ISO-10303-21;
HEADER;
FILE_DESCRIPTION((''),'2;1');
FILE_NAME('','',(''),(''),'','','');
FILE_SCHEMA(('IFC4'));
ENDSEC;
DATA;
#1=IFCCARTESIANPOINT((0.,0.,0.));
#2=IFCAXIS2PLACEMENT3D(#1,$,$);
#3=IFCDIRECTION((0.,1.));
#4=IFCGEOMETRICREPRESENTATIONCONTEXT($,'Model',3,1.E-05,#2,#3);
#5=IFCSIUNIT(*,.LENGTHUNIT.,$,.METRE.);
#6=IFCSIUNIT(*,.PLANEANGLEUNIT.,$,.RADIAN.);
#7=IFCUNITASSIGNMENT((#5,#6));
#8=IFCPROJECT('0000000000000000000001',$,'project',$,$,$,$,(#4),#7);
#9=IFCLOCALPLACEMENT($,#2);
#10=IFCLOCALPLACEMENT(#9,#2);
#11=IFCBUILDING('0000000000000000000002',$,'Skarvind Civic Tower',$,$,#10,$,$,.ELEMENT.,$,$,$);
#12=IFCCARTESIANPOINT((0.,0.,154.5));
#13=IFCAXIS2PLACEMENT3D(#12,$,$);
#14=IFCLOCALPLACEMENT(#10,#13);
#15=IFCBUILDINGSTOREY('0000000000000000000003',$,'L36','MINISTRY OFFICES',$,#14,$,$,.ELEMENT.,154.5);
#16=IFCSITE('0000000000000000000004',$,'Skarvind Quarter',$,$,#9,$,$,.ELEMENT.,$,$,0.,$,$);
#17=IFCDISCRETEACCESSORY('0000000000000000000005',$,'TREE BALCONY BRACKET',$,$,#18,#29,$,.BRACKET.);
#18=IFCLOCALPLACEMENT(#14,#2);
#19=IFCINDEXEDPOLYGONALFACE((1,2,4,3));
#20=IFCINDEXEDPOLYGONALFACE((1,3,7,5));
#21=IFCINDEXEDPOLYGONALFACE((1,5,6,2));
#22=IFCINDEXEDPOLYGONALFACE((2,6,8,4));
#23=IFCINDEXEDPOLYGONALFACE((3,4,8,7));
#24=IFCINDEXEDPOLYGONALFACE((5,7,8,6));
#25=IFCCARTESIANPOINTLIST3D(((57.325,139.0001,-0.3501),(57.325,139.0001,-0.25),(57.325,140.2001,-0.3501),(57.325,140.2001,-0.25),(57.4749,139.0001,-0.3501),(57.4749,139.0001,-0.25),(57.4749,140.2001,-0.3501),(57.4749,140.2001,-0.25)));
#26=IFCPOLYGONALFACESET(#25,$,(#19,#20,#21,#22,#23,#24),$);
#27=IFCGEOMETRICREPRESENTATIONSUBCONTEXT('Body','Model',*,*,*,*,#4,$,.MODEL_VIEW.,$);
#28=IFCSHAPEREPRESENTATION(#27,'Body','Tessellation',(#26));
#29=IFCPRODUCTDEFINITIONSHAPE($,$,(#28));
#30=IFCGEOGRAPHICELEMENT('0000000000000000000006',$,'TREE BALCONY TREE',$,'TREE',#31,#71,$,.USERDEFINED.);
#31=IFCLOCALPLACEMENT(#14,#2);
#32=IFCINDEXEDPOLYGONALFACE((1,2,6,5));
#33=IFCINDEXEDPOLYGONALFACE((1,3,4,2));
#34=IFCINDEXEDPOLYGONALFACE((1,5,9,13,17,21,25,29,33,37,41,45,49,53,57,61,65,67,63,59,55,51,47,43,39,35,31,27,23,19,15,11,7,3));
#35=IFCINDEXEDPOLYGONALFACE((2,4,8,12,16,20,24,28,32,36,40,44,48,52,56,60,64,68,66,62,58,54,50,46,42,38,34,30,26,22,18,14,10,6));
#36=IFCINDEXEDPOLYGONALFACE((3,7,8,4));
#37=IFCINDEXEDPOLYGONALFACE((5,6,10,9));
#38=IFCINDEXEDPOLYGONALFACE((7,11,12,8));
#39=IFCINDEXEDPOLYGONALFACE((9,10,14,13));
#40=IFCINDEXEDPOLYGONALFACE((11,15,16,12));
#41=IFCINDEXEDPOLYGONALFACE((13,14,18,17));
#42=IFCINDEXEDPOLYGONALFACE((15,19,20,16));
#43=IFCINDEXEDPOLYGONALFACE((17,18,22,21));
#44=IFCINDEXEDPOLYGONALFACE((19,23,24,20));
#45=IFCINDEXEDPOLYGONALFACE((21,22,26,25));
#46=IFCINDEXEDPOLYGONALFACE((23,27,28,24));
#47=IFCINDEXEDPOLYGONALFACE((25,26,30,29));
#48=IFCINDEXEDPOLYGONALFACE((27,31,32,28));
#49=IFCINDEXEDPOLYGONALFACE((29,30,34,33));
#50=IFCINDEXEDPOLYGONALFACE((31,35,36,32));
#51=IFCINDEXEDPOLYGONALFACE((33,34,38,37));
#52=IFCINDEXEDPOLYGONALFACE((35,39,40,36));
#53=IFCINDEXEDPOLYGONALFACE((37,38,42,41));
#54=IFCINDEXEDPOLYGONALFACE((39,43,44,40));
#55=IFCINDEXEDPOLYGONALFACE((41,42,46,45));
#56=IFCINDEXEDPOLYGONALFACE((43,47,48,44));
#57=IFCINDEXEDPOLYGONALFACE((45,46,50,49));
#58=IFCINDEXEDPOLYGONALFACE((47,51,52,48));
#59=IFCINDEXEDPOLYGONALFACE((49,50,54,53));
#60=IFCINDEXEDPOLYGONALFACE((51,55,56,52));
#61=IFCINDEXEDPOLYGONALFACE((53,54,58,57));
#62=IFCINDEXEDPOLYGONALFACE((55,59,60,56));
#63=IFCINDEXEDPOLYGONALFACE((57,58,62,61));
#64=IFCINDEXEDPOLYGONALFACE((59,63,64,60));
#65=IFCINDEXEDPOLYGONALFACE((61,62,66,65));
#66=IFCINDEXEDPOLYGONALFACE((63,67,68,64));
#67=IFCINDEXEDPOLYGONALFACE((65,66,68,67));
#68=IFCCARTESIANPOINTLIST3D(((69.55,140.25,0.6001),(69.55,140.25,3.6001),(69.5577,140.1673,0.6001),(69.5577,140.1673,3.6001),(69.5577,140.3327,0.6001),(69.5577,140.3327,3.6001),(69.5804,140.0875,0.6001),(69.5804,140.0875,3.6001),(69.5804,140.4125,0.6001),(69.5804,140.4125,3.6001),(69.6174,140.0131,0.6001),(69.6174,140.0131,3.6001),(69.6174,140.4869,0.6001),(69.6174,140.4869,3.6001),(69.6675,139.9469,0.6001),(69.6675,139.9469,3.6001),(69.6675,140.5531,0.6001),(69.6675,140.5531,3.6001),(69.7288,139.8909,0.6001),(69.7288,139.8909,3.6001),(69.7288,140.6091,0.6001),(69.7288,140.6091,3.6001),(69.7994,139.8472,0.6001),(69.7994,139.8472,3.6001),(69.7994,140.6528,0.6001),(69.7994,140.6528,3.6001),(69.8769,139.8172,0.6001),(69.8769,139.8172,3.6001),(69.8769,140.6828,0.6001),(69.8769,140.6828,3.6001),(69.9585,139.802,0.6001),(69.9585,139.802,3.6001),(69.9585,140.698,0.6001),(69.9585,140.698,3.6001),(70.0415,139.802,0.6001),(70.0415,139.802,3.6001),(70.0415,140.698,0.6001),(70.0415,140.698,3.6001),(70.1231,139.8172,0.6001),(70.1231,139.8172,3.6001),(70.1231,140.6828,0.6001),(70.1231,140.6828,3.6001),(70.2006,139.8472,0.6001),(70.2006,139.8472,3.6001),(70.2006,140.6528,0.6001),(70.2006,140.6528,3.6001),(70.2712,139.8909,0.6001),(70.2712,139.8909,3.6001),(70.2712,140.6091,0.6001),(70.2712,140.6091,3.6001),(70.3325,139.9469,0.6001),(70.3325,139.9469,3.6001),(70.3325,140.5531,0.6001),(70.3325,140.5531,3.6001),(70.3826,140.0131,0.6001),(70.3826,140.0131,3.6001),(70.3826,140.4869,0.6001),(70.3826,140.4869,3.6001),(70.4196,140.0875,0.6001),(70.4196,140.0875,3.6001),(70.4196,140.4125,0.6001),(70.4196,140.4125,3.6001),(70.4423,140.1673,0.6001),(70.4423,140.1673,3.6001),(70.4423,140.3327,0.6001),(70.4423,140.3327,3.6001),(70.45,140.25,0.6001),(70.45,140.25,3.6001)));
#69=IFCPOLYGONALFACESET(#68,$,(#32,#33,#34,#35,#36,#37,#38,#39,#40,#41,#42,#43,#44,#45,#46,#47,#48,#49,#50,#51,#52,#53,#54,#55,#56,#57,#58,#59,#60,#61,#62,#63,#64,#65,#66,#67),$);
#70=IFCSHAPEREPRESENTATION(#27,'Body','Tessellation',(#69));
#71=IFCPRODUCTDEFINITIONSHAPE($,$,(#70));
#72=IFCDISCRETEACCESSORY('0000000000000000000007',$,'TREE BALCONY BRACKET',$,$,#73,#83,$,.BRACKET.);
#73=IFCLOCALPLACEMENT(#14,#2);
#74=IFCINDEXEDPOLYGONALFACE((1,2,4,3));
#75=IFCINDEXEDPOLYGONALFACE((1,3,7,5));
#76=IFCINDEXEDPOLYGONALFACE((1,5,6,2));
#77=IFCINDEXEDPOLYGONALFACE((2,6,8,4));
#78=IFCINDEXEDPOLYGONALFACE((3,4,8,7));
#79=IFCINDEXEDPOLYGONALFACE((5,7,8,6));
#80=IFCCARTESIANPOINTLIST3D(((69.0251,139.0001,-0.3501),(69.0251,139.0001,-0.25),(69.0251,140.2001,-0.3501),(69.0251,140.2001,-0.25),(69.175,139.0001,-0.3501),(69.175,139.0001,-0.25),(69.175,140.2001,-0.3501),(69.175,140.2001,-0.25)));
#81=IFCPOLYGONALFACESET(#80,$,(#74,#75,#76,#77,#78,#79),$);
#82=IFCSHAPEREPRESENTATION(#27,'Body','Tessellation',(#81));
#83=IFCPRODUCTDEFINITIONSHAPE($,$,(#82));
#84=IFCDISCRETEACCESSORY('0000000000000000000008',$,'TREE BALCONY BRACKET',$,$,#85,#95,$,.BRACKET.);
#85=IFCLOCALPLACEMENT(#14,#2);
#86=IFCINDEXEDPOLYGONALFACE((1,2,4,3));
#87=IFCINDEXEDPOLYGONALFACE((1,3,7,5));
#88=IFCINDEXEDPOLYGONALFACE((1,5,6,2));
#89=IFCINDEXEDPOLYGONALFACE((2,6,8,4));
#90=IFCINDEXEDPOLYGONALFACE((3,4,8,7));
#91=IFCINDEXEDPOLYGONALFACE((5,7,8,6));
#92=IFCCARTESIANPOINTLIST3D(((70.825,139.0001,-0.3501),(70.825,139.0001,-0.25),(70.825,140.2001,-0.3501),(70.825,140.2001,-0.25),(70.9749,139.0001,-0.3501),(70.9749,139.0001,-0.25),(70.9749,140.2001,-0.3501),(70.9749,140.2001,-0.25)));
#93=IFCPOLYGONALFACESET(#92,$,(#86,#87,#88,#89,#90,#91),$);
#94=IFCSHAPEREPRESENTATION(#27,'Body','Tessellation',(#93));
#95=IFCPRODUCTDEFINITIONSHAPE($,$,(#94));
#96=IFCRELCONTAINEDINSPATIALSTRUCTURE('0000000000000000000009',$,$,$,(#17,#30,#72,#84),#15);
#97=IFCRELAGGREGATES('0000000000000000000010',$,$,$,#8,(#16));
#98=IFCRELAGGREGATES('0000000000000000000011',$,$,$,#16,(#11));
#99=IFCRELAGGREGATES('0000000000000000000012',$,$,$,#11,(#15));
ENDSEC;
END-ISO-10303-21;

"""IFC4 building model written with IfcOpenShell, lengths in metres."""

from ifc_helpers import new_model, si_unit, direction, frame, origin, origin_2d, place, context, subcontext, project, spatial, rectangle, circle, extrude, element, save


model = new_model("IFC4")

# Units and contexts
model_context = context("Model", 3, precision=1e-05, world=origin(), true_north=direction((0.0, 1.0)))
body_context = subcontext(model_context, "Body", "Model", "MODEL_VIEW")
ifc_project = project(units=[si_unit("LENGTHUNIT", "METRE"), si_unit("PLANEANGLEUNIT", "RADIAN")], contexts=[model_context])

# Site, building, storey
site_placement = place(None, origin())
site = spatial("IfcSite", under=ifc_project, at=site_placement, Name="Skarvind Quarter", CompositionType="ELEMENT", RefElevation=0.0)
building_placement = place(site_placement, origin())
building = spatial("IfcBuilding", under=site, at=building_placement, Name="Skarvind Civic Tower", CompositionType="ELEMENT")
storey_placement = place(building_placement, frame((0.0, 0.0, 154.5)))
storey = spatial("IfcBuildingStorey", under=building, at=storey_placement, Name="L36", Description="MINISTRY OFFICES", CompositionType="ELEMENT", Elevation=154.5)

# Discrete accessory
discrete_accessory_placement = place(storey_placement, frame((57.3999, 139.6001, -0.3501), z_axis=(0.0, 0.0, 1.0), x_axis=(1.0, 0.0, 0.0)))
element("IfcDiscreteAccessory", 1, at=discrete_accessory_placement, inside=storey, Name="TREE BALCONY BRACKET", PredefinedType="BRACKET", context=body_context, shape_type="SweptSolid", body=[
    extrude(rectangle(XDim=0.1499, YDim=1.2, at=origin_2d()), origin(), (0.0, 0.0, 1.0), 0.1001),
])

# Geographic element
geographic_element_1_placement = place(storey_placement, frame((70.0, 140.25, 0.6001), z_axis=(0.0, 0.0, 1.0), x_axis=(1.0, 0.0, 0.0)))
element("IfcGeographicElement", 2, at=geographic_element_1_placement, inside=storey, Name="TREE BALCONY TREE", ObjectType="TREE", PredefinedType="USERDEFINED", context=body_context, shape_type="SweptSolid", body=[
    extrude(circle(Radius=0.45, at=origin_2d()), origin(), (0.0, 0.0, 1.0), 3.0),
])

# Discrete accessories
for number, where, z_axis, x_axis, name in (
    (3, (69.1001, 139.6001, -0.3501), (0.0, 0.0, 1.0), (1.0, 0.0, 0.0), "TREE BALCONY BRACKET"),
    (4, (70.8999, 139.6001, -0.3501), (0.0, 0.0, 1.0), (1.0, 0.0, 0.0), "TREE BALCONY BRACKET"),
):
    element("IfcDiscreteAccessory", number, at=place(storey_placement, frame(where, z_axis=z_axis, x_axis=x_axis)), inside=storey, Name=name, PredefinedType="BRACKET", context=body_context, shape_type="SweptSolid", body=[
        extrude(rectangle(XDim=0.1499, YDim=1.2, at=origin_2d()), origin(), (0.0, 0.0, 1.0), 0.1001),
    ])

save(model, "model.ifc")
